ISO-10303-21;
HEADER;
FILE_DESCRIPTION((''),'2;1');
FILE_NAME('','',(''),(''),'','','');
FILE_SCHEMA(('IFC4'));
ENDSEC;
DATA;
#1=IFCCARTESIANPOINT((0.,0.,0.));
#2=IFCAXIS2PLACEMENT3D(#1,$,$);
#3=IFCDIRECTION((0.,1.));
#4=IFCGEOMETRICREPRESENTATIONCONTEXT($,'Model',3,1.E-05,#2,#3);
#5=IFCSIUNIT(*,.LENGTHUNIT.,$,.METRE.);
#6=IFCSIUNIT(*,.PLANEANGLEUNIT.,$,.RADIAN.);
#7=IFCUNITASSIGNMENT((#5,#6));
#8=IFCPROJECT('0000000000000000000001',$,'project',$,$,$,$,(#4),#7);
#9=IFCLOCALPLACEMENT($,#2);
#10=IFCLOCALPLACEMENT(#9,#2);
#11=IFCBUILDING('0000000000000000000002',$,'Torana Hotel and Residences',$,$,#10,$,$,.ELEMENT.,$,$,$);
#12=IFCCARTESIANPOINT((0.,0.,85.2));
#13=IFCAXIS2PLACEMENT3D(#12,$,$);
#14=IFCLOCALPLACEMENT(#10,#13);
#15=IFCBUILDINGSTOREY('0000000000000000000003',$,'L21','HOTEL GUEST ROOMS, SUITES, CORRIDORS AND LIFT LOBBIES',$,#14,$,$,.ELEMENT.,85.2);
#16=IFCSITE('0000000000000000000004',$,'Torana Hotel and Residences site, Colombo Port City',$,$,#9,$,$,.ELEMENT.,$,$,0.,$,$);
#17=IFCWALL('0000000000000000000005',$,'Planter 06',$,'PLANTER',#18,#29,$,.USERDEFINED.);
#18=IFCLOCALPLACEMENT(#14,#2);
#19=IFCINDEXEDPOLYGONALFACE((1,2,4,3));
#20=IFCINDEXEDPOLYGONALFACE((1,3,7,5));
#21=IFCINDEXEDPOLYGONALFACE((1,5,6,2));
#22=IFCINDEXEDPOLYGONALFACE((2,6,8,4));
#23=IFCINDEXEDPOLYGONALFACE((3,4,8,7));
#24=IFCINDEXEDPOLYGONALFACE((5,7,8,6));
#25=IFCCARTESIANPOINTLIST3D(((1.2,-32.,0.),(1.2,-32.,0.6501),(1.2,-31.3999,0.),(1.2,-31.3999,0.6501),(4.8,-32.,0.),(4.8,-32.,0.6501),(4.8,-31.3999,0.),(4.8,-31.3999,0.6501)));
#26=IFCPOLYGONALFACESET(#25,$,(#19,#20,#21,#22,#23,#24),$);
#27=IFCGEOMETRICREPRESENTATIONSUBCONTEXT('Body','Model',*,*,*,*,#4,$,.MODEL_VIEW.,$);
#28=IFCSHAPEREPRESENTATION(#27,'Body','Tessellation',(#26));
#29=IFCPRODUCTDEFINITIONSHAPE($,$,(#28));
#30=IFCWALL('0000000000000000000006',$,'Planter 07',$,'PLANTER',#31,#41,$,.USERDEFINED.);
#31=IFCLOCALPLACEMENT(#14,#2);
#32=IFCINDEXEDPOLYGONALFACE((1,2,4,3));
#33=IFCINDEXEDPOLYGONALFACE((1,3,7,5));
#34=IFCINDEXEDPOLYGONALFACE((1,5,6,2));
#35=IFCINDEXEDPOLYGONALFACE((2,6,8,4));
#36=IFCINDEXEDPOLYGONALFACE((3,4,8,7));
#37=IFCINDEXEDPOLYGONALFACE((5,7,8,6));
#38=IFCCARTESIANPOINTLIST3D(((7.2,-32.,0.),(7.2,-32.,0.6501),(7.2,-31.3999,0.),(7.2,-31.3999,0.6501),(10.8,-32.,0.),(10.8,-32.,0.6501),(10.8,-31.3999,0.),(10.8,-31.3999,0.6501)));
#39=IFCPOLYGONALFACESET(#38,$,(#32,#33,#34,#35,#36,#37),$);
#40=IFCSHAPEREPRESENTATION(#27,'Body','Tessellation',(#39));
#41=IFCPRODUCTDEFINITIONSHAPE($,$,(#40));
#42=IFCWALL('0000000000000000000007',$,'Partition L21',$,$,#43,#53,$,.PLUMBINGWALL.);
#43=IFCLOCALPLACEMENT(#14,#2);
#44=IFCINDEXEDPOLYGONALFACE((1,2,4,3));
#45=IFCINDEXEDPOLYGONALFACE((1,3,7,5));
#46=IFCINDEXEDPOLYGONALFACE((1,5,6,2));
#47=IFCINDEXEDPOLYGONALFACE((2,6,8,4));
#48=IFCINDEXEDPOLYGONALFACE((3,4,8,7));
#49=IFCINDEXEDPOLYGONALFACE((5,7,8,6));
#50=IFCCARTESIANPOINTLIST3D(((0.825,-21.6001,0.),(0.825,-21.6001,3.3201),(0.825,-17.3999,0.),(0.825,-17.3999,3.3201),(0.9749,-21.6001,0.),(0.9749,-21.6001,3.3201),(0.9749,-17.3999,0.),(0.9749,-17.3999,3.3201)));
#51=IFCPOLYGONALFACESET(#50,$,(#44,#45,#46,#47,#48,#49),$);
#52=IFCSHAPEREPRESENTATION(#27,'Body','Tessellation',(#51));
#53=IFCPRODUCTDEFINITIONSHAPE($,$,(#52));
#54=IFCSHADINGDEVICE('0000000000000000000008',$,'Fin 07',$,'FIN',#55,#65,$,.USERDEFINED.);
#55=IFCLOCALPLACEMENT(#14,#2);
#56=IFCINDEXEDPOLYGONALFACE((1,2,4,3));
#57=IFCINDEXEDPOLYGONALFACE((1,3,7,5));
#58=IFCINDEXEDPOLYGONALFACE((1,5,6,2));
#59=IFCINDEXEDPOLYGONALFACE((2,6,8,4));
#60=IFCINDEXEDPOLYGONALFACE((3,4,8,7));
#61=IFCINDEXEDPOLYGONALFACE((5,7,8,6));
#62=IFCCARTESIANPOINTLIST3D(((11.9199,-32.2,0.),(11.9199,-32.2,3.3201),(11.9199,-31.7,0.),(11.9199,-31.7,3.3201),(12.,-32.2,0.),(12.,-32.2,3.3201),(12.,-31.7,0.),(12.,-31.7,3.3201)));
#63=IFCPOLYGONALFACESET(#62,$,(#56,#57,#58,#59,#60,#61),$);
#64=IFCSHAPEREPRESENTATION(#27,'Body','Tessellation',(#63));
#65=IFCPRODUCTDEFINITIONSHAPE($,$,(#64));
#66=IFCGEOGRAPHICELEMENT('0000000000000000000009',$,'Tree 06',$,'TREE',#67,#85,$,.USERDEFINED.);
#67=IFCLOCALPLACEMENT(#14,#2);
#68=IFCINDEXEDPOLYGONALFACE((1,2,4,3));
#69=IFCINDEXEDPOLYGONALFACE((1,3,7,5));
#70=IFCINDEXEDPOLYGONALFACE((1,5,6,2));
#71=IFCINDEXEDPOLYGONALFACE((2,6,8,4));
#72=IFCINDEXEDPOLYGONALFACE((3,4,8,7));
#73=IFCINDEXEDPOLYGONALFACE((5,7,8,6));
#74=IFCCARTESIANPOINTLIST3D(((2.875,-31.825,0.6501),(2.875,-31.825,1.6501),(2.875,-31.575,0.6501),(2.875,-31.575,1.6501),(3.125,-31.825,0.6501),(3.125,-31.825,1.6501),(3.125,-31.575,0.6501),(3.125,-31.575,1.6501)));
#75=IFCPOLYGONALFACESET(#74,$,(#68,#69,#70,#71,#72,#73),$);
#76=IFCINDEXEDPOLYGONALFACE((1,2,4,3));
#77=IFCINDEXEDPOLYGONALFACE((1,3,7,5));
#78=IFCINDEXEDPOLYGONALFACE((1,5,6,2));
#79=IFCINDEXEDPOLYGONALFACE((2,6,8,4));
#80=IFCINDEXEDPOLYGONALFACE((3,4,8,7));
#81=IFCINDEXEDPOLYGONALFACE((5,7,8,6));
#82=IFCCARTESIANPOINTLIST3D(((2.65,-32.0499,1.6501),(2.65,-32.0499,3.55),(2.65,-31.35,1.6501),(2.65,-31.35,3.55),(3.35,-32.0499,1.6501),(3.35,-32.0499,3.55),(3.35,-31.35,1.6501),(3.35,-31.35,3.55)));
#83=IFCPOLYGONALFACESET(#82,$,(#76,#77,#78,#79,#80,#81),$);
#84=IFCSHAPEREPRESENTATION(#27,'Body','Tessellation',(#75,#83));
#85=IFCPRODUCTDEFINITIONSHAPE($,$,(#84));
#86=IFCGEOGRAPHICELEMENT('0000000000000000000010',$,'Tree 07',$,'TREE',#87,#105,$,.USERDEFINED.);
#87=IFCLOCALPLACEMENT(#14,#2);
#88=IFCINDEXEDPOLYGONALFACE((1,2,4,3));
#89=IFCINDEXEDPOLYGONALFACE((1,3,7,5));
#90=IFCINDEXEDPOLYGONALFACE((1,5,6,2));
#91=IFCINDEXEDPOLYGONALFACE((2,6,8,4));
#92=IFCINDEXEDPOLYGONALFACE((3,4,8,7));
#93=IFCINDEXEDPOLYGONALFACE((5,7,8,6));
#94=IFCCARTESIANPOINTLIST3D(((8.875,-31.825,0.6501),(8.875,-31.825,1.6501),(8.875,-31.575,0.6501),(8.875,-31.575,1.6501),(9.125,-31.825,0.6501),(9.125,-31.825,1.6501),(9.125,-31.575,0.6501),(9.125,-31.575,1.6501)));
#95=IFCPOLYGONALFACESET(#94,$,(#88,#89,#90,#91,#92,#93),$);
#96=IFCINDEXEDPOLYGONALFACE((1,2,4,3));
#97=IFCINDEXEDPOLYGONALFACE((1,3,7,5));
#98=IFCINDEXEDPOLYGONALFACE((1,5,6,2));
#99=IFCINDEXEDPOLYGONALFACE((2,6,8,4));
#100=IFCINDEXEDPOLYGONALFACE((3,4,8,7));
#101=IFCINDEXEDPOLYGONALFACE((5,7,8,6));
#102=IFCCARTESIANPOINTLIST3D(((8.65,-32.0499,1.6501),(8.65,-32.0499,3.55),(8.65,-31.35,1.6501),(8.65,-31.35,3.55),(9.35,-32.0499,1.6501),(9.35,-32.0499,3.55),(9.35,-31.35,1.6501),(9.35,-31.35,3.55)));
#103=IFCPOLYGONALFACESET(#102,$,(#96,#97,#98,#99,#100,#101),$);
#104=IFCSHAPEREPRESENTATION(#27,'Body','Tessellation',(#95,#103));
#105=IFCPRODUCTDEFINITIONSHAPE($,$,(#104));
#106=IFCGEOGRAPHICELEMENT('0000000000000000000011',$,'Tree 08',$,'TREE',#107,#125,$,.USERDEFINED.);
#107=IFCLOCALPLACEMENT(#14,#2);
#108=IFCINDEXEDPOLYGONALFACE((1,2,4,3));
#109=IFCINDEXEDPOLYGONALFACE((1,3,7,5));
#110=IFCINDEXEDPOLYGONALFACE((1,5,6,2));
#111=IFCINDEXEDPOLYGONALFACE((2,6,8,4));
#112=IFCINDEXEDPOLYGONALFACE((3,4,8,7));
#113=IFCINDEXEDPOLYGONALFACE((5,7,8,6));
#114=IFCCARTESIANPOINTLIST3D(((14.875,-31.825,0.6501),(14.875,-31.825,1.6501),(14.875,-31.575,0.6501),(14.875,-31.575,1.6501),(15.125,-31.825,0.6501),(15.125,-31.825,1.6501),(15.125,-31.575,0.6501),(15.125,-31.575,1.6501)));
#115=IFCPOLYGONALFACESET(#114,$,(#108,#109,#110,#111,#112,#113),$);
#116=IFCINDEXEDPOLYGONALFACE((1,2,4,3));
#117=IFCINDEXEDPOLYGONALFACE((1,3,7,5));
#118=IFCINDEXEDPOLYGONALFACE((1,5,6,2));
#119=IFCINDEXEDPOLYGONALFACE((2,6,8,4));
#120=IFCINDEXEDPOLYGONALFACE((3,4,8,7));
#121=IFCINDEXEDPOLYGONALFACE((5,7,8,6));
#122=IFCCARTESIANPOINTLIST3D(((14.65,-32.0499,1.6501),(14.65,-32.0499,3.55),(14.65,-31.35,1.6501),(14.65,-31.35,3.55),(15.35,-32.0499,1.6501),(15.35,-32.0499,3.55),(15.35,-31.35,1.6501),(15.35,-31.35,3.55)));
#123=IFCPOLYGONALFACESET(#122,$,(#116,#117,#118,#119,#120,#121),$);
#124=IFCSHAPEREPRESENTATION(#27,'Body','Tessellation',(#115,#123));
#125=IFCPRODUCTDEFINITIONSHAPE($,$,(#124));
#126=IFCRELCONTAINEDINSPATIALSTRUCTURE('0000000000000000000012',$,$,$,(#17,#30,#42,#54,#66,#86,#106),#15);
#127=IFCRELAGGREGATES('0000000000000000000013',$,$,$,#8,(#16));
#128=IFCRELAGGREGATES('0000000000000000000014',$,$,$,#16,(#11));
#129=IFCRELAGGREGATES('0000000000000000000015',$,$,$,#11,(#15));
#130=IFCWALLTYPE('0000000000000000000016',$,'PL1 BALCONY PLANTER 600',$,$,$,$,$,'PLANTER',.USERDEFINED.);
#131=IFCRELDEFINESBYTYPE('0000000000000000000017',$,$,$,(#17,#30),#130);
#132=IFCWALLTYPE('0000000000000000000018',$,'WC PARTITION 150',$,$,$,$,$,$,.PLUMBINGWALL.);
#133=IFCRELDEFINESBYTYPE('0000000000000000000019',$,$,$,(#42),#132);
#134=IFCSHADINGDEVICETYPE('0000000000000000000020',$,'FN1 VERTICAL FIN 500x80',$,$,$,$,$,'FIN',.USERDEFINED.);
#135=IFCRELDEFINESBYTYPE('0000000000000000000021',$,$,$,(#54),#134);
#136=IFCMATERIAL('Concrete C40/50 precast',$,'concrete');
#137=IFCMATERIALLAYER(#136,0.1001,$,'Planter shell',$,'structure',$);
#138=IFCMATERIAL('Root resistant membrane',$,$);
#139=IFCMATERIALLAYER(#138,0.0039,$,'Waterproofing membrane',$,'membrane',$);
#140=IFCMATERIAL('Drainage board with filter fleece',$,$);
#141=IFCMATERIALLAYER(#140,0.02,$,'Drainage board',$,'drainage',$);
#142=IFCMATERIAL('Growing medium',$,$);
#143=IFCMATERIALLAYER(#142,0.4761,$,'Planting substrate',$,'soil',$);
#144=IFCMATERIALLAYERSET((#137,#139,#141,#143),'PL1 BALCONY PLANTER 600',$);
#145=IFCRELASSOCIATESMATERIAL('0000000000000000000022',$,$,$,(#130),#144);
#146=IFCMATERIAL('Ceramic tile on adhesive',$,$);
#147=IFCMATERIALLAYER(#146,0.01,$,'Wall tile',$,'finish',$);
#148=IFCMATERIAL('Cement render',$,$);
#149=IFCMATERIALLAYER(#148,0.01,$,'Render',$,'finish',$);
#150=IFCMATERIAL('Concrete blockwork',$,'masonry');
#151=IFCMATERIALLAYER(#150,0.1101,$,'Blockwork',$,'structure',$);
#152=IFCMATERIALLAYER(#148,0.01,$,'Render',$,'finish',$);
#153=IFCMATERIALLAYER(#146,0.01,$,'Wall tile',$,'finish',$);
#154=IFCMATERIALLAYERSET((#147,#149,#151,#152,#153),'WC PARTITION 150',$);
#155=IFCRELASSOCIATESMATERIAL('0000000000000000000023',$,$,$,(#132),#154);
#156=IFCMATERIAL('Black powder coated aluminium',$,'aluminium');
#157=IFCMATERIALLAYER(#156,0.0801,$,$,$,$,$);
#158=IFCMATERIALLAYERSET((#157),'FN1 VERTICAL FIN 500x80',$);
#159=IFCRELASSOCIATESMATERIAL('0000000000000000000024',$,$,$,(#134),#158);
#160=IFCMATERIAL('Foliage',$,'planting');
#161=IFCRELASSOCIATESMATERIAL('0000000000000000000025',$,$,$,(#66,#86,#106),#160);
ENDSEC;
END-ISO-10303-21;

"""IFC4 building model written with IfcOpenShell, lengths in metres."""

from ifc_helpers import new_model, si_unit, direction, frame, frame_2d, origin, origin_2d, place, context, subcontext, project, spatial, rectangle, extrude, material, layer, layer_set, type_object, element, save


model = new_model("IFC4")

# Units and contexts
model_context = context("Model", 3, precision=1e-05, world=origin(), true_north=direction((0.0, 1.0)))
body_context = subcontext(model_context, "Body", "Model", "MODEL_VIEW")
ifc_project = project(units=[si_unit("LENGTHUNIT", "METRE"), si_unit("PLANEANGLEUNIT", "RADIAN")], contexts=[model_context])

# Site, building, storey
site_placement = place(None, origin())
site = spatial("IfcSite", under=ifc_project, at=site_placement, Name="Torana Hotel and Residences site, Colombo Port City", CompositionType="ELEMENT", RefElevation=0.0)
building_placement = place(site_placement, origin())
building = spatial("IfcBuilding", under=site, at=building_placement, Name="Torana Hotel and Residences", CompositionType="ELEMENT")
storey_placement = place(building_placement, frame((0.0, 0.0, 85.2)))
storey = spatial("IfcBuildingStorey", under=building, at=storey_placement, Name="L21", Description="HOTEL GUEST ROOMS, SUITES, CORRIDORS AND LIFT LOBBIES", CompositionType="ELEMENT", Elevation=85.2)

# Walls
ifc_material_1 = material(Name="Concrete C40/50 precast", Category="concrete")
ifc_layer_1 = layer(ifc_material_1, 0.1001, Name="Planter shell", Category="structure")
ifc_material_2 = material(Name="Root resistant membrane")
ifc_layer_2 = layer(ifc_material_2, 0.0039, Name="Waterproofing membrane", Category="membrane")
ifc_material_3 = material(Name="Drainage board with filter fleece")
ifc_layer_3 = layer(ifc_material_3, 0.02, Name="Drainage board", Category="drainage")
ifc_material_4 = material(Name="Growing medium")
ifc_layer_4 = layer(ifc_material_4, 0.4761, Name="Planting substrate", Category="soil")
ifc_layer_set_1 = layer_set([ifc_layer_1, ifc_layer_2, ifc_layer_3, ifc_layer_4], Name="PL1 BALCONY PLANTER 600")
wall_type_1 = type_object("IfcWallType", Name="PL1 BALCONY PLANTER 600", ElementType="PLANTER", PredefinedType="USERDEFINED", material=ifc_layer_set_1)
for number, where, z_axis, x_axis, name in (
    (1, (4.8, -31.7, 0.0), (0.0, 0.0, 1.0), (-1.0, 0.0, 0.0), "Planter 06"),
    (2, (10.8, -31.7, 0.0), (0.0, 0.0, 1.0), (-1.0, 0.0, 0.0), "Planter 07"),
):
    element("IfcWall", number, at=place(storey_placement, frame(where, z_axis=z_axis, x_axis=x_axis)), inside=storey, type_object=wall_type_1, Name=name, ObjectType="PLANTER", PredefinedType="USERDEFINED", context=body_context, shape_type="SweptSolid", body=[
        extrude(rectangle(XDim=3.6001, YDim=0.6001, at=frame_2d((1.8, 0.0))), origin(), (0.0, 0.0, 1.0), 0.6501),
    ])
ifc_material_5 = material(Name="Ceramic tile on adhesive")
ifc_layer_5 = layer(ifc_material_5, 0.01, Name="Wall tile", Category="finish")
ifc_material_6 = material(Name="Cement render")
ifc_layer_6 = layer(ifc_material_6, 0.01, Name="Render", Category="finish")
ifc_material_7 = material(Name="Concrete blockwork", Category="masonry")
ifc_layer_7 = layer(ifc_material_7, 0.1101, Name="Blockwork", Category="structure")
ifc_layer_8 = layer(ifc_material_6, 0.01, Name="Render", Category="finish")
ifc_layer_9 = layer(ifc_material_5, 0.01, Name="Wall tile", Category="finish")
ifc_layer_set_2 = layer_set([ifc_layer_5, ifc_layer_6, ifc_layer_7, ifc_layer_8, ifc_layer_9], Name="WC PARTITION 150")
wall_type_2 = type_object("IfcWallType", Name="WC PARTITION 150", PredefinedType="PLUMBINGWALL", material=ifc_layer_set_2)
wall_1_placement = place(storey_placement, frame((0.8999, -21.6001, 0.0), z_axis=(0.0, 0.0, 1.0), x_axis=(0.0, 1.0, 0.0)))
element("IfcWall", 3, at=wall_1_placement, inside=storey, type_object=wall_type_2, Name="Partition L21", PredefinedType="PLUMBINGWALL", context=body_context, shape_type="SweptSolid", body=[
    extrude(rectangle(XDim=4.2002, YDim=0.1499, at=frame_2d((2.1001, 0.0))), origin(), (0.0, 0.0, 1.0), 3.3201),
])

# Shading device
ifc_material_8 = material(Name="Black powder coated aluminium", Category="aluminium")
ifc_layer_10 = layer(ifc_material_8, 0.0801)
ifc_layer_set_3 = layer_set([ifc_layer_10], Name="FN1 VERTICAL FIN 500x80")
shading_device_type = type_object("IfcShadingDeviceType", Name="FN1 VERTICAL FIN 500x80", ElementType="FIN", PredefinedType="USERDEFINED", material=ifc_layer_set_3)
shading_device_placement = place(storey_placement, frame((11.96, -31.95, 0.0), z_axis=(0.0, 0.0, 1.0), x_axis=(-1.0, 0.0, 0.0)))
element("IfcShadingDevice", 4, at=shading_device_placement, inside=storey, type_object=shading_device_type, Name="Fin 07", ObjectType="FIN", PredefinedType="USERDEFINED", context=body_context, shape_type="SweptSolid", body=[
    extrude(rectangle(XDim=0.0801, YDim=0.5, at=origin_2d()), origin(), (0.0, 0.0, 1.0), 3.3201),
])

# Geographic elements
ifc_material_9 = material(Name="Foliage", Category="planting")
for number, where, z_axis, x_axis, name in (
    (5, (3.0, -31.7, 0.6501), (0.0, 0.0, 1.0), (1.0, 0.0, 0.0), "Tree 06"),
    (6, (9.0, -31.7, 0.6501), (0.0, 0.0, 1.0), (1.0, 0.0, 0.0), "Tree 07"),
    (7, (15.0, -31.7, 0.6501), (0.0, 0.0, 1.0), (1.0, 0.0, 0.0), "Tree 08"),
):
    element("IfcGeographicElement", number, at=place(storey_placement, frame(where, z_axis=z_axis, x_axis=x_axis)), inside=storey, material=ifc_material_9, Name=name, ObjectType="TREE", PredefinedType="USERDEFINED", context=body_context, shape_type="SweptSolid", body=[
        extrude(rectangle(XDim=0.25, YDim=0.25, at=origin_2d()), origin(), (0.0, 0.0, 1.0), 1.0),
        extrude(rectangle(XDim=0.7, YDim=0.7, at=origin_2d()), frame((0.0, 0.0, 1.0)), (0.0, 0.0, 1.0), 1.8999),
    ])

save(model, "model.ifc")
